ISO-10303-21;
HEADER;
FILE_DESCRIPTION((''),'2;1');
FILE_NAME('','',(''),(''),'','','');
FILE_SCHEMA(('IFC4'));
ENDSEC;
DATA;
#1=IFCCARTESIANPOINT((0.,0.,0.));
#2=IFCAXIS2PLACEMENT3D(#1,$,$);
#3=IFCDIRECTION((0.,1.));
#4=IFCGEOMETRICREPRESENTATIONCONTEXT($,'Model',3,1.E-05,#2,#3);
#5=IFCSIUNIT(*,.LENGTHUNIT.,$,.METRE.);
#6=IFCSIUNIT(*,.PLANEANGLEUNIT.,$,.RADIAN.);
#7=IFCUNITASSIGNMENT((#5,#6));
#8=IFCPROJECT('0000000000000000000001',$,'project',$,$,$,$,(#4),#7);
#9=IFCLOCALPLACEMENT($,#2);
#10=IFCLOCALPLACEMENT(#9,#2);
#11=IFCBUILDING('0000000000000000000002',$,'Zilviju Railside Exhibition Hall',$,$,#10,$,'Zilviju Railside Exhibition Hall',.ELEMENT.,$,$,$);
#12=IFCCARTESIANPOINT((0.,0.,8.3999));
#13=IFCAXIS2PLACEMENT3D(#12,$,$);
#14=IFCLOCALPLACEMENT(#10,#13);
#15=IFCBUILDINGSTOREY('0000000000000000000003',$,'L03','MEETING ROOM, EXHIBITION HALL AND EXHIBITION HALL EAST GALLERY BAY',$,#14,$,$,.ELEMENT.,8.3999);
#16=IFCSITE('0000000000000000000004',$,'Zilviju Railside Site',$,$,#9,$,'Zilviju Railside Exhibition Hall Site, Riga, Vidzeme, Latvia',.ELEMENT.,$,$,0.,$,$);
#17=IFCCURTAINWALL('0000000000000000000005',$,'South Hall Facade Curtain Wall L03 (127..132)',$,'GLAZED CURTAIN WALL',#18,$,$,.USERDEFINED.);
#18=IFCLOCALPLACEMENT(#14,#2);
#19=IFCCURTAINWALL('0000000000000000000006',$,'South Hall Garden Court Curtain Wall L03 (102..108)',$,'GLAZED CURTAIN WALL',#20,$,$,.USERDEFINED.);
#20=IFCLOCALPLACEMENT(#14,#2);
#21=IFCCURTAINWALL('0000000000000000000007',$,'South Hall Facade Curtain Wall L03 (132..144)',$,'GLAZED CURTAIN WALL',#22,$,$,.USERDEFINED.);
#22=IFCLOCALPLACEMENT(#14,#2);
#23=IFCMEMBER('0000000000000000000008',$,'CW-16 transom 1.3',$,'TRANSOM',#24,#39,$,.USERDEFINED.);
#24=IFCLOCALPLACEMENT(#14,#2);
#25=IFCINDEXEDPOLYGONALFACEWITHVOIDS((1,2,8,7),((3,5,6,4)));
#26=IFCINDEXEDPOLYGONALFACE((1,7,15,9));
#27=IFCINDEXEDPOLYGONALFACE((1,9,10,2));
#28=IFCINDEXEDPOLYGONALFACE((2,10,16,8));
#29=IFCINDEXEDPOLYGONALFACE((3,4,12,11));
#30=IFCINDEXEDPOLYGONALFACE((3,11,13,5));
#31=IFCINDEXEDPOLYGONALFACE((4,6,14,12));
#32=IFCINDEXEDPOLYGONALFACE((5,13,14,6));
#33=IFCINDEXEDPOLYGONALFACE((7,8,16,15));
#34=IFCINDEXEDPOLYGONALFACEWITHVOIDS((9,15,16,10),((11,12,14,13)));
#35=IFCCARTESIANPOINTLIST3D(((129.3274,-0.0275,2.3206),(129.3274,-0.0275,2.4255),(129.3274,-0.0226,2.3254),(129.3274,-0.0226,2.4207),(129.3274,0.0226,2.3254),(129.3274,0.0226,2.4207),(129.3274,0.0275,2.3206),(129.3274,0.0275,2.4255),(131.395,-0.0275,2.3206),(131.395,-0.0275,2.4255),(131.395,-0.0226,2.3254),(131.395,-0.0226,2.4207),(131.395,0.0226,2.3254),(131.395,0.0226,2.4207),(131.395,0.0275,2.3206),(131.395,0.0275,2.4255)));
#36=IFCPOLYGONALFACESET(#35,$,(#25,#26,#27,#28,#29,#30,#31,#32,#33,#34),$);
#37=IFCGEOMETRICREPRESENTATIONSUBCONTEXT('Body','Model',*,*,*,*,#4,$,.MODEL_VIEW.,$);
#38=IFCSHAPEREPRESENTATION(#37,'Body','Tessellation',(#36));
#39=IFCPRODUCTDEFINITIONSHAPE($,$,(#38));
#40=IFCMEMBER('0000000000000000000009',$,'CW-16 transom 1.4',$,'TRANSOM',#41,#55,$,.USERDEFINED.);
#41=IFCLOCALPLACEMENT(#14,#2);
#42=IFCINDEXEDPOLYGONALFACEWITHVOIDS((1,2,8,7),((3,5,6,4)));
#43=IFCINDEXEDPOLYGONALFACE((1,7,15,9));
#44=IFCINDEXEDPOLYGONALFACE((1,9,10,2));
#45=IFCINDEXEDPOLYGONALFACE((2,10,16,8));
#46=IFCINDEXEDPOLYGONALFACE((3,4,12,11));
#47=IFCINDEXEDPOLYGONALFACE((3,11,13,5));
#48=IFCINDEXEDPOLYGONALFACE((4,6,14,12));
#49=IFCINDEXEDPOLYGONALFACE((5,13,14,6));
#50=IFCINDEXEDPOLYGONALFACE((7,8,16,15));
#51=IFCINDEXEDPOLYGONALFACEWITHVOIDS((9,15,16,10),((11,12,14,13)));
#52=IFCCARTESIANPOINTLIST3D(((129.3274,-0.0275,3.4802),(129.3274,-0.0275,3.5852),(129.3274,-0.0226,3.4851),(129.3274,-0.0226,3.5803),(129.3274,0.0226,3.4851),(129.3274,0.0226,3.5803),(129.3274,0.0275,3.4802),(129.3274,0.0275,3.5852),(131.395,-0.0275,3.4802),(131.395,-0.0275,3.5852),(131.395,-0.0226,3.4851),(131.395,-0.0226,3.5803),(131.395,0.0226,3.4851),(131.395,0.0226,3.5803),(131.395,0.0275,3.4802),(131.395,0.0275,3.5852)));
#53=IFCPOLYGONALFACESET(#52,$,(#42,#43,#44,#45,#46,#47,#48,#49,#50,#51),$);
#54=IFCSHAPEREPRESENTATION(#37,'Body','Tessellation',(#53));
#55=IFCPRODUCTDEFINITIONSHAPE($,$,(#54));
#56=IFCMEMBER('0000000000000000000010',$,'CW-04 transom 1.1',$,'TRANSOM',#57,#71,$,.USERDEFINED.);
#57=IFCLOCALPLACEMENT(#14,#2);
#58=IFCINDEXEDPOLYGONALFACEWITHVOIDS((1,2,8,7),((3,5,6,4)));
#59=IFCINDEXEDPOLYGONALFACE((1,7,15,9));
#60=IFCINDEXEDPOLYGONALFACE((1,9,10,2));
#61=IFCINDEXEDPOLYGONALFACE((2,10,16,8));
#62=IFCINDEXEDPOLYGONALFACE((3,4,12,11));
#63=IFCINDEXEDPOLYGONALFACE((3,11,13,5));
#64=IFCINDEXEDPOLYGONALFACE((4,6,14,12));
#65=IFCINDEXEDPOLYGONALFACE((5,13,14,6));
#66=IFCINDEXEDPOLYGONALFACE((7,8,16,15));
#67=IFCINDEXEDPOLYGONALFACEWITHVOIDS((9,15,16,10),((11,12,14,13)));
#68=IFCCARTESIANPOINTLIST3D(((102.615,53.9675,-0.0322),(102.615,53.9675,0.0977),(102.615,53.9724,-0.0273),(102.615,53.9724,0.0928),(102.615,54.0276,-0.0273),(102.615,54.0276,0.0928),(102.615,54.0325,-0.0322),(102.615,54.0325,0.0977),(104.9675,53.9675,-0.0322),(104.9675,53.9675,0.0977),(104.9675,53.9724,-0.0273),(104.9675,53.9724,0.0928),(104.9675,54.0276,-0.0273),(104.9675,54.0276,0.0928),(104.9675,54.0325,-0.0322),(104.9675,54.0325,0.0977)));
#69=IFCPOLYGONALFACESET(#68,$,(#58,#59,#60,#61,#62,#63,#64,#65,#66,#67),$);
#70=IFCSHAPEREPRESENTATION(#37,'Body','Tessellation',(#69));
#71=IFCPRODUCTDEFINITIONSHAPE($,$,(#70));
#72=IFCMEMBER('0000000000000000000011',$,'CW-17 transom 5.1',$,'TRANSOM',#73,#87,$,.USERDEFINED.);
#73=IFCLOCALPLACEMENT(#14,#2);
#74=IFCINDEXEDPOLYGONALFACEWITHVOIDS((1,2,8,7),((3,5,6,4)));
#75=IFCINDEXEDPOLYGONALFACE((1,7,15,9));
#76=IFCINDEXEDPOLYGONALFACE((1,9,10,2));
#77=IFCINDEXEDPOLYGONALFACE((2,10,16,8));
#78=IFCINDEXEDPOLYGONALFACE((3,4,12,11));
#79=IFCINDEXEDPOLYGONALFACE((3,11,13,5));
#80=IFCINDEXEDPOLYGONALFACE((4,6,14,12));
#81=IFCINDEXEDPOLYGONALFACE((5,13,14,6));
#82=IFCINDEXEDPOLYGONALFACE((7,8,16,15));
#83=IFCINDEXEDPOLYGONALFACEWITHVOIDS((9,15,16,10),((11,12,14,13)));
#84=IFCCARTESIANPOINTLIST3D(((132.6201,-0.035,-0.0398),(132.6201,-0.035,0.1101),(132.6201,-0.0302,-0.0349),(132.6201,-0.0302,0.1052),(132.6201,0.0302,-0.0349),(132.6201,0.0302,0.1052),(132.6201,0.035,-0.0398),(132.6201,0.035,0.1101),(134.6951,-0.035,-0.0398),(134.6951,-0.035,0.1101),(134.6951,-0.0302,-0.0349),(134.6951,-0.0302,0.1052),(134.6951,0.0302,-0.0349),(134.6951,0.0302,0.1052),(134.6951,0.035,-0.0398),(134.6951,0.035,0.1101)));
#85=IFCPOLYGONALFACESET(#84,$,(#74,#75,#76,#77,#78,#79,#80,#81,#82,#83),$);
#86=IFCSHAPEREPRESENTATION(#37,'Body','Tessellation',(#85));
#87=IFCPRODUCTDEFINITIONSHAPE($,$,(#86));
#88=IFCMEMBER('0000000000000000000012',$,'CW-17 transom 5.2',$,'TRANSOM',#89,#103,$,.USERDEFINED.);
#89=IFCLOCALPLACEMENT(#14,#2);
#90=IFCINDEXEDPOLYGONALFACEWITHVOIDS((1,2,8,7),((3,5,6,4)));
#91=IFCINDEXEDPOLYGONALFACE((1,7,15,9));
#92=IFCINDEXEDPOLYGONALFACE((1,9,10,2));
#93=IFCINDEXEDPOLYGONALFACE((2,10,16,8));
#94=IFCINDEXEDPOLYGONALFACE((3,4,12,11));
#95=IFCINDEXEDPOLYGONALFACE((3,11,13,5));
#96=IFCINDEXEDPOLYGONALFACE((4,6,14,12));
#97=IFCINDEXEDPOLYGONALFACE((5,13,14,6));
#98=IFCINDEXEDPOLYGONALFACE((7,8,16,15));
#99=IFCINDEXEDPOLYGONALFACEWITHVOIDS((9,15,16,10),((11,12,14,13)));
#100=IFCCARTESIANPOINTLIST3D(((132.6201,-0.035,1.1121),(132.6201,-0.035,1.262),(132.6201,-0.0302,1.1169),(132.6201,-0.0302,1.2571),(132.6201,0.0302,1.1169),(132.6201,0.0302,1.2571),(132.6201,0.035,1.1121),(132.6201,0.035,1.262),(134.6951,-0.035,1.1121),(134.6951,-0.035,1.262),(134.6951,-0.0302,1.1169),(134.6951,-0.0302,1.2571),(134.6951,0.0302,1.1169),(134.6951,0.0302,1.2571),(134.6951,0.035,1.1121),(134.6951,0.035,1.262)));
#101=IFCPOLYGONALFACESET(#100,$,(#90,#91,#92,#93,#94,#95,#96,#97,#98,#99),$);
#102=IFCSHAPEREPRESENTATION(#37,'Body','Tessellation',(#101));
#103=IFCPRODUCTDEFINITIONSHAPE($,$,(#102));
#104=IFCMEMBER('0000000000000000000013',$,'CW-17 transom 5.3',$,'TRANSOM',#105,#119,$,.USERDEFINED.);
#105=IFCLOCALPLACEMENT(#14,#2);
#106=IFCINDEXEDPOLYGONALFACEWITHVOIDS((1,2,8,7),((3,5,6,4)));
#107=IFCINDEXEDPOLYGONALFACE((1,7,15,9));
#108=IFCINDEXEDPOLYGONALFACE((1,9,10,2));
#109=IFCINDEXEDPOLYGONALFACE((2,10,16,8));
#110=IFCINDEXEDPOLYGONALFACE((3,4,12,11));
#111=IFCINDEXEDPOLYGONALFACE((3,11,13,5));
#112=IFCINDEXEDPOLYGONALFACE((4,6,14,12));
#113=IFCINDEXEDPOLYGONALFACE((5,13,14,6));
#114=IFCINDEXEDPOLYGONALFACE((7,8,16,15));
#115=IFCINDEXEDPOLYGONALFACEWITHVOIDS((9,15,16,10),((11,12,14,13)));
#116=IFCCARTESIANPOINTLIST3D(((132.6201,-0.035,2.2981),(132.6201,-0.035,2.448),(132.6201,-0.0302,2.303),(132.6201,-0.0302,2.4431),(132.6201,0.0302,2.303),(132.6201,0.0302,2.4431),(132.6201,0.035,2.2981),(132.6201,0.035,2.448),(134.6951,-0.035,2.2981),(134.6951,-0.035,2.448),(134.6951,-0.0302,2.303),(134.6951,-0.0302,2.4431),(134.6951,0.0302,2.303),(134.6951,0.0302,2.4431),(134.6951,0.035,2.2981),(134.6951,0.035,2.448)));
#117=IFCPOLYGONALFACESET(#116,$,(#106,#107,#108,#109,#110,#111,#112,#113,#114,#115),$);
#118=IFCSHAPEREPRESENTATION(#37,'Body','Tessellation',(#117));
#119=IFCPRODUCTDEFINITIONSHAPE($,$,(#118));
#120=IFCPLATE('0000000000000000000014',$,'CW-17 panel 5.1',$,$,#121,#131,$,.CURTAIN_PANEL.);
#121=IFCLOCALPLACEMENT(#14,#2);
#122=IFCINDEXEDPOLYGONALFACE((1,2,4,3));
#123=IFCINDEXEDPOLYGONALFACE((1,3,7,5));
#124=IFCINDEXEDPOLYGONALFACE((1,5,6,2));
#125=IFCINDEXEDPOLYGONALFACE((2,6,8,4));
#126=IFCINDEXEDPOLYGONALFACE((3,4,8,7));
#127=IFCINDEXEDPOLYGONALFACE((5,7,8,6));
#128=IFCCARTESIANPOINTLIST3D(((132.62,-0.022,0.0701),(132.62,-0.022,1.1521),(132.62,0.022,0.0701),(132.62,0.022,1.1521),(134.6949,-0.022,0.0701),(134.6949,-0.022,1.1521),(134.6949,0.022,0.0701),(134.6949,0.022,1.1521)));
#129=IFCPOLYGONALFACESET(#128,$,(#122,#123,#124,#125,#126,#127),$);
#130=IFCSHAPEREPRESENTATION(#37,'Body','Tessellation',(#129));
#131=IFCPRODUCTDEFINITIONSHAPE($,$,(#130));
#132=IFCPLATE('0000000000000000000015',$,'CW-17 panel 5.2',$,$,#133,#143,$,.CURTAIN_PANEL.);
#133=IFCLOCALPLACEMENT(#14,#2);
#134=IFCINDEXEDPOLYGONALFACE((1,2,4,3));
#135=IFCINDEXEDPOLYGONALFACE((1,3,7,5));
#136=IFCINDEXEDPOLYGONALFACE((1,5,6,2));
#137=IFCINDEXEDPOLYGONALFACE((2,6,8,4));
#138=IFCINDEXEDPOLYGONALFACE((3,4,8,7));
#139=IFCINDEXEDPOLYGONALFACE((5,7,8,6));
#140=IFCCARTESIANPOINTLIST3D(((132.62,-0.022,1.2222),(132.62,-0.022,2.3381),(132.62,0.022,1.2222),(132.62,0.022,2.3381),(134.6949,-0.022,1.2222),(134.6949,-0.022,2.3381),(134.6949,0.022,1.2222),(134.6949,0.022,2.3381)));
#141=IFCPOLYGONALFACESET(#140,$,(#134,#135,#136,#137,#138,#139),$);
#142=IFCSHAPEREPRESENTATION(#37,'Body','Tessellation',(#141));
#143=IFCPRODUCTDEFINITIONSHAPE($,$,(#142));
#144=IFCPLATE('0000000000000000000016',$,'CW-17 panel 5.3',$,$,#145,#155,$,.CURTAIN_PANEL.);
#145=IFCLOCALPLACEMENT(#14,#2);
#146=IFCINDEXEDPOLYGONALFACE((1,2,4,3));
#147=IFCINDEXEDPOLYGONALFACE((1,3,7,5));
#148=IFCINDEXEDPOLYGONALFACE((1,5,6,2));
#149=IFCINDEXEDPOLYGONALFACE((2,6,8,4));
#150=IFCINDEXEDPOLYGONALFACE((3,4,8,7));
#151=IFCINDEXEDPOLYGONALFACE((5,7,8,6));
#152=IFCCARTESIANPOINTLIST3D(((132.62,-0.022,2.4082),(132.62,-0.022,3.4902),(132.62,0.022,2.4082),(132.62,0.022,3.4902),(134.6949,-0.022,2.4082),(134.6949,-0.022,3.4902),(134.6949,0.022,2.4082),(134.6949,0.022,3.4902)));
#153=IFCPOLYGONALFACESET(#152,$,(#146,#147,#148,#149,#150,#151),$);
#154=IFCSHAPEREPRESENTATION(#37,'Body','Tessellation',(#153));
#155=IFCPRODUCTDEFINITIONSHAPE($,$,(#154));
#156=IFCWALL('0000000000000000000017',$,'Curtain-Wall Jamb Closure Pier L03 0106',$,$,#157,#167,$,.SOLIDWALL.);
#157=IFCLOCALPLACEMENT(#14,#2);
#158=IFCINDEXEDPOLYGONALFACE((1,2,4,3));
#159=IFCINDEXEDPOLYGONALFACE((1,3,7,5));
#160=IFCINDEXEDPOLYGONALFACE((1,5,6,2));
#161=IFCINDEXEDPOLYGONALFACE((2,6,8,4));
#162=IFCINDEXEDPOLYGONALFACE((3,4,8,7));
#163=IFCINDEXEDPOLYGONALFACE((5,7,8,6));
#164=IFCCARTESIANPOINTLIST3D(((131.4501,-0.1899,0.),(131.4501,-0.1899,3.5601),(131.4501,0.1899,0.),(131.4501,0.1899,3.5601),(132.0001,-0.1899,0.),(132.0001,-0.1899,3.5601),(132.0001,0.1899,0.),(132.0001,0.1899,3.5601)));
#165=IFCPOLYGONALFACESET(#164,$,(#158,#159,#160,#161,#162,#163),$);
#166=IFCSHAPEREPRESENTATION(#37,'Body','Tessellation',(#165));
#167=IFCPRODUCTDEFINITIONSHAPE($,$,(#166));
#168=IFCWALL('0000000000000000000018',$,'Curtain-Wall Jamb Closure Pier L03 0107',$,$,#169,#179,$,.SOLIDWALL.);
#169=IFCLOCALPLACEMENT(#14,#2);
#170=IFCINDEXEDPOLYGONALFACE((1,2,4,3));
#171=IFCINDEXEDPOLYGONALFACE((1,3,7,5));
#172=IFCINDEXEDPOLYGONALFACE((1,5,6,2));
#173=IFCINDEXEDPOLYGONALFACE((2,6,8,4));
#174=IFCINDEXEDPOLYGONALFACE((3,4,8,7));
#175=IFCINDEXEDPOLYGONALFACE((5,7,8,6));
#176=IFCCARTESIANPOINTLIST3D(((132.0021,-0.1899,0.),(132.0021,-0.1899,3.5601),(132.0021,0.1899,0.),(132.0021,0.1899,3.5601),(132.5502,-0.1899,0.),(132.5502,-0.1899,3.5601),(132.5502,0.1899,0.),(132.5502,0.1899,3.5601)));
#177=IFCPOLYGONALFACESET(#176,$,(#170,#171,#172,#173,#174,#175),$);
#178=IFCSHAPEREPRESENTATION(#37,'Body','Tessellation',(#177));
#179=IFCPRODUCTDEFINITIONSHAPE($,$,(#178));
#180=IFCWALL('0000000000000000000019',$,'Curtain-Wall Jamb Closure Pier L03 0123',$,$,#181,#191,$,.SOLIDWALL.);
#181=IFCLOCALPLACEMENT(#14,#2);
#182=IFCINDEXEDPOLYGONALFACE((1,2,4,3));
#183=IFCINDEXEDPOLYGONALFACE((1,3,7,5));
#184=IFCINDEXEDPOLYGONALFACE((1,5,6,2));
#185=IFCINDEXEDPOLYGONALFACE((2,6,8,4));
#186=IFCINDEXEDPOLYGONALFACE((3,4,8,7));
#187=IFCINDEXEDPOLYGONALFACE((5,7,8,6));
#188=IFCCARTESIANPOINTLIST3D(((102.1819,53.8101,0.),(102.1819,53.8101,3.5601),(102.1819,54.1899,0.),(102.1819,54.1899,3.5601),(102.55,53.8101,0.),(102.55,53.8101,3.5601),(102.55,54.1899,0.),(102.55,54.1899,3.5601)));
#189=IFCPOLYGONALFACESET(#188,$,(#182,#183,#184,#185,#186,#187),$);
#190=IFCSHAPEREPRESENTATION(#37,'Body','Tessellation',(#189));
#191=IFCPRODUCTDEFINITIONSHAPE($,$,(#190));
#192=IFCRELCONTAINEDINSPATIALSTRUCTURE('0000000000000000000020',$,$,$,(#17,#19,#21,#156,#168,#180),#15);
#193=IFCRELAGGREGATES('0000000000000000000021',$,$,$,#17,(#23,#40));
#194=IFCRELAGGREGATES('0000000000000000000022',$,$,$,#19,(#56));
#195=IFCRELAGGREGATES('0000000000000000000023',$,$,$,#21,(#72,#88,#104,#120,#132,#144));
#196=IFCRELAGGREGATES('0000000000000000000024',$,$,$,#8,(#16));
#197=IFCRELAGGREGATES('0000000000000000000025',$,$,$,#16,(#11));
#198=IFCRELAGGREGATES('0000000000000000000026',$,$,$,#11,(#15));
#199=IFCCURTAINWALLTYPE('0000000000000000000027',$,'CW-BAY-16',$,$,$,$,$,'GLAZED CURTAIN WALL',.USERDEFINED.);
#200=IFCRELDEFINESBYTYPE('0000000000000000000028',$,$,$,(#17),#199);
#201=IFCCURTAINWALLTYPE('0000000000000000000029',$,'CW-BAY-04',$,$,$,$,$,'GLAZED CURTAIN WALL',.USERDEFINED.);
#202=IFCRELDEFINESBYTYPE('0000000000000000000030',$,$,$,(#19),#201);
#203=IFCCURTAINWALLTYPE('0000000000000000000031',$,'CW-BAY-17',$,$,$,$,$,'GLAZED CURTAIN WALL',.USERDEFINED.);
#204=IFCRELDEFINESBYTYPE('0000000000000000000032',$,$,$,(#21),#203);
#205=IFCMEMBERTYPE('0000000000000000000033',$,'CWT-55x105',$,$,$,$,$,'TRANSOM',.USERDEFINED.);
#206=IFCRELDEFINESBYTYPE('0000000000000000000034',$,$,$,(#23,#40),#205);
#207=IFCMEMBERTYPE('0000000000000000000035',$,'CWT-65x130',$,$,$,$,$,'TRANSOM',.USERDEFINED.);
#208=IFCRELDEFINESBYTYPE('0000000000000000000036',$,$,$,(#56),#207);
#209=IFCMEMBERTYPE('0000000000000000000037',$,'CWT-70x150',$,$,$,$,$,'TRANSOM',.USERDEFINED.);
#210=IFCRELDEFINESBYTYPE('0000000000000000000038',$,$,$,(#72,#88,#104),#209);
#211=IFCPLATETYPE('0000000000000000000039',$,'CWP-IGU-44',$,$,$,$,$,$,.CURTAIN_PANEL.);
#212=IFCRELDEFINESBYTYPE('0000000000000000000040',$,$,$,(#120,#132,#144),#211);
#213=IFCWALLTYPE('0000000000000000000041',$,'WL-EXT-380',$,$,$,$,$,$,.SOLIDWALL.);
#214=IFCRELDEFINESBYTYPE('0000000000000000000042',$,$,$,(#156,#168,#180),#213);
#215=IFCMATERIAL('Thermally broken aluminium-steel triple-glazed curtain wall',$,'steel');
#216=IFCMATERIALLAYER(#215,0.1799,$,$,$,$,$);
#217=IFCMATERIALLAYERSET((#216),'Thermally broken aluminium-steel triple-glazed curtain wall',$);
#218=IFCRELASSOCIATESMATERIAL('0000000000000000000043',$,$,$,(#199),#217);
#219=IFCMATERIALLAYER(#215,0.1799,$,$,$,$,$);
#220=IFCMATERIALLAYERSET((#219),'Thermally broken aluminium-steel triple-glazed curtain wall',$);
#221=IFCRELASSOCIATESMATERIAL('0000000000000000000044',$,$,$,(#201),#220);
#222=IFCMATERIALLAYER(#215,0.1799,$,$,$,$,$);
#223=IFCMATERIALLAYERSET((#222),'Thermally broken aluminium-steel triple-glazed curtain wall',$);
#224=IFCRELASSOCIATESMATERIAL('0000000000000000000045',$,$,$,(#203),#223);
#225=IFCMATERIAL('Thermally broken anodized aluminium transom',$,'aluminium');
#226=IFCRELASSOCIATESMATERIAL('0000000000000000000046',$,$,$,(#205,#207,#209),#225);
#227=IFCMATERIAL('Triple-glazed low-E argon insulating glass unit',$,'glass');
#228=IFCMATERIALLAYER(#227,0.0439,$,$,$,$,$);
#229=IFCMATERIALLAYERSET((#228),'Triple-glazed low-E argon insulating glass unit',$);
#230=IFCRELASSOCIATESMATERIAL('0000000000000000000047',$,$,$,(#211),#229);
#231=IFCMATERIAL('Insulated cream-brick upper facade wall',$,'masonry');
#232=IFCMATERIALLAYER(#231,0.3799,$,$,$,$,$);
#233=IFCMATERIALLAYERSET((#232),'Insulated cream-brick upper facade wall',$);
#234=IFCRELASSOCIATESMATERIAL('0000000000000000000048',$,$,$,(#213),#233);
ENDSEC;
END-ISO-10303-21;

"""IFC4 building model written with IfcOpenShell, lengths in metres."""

from ifc_helpers import new_model, si_unit, direction, frame, frame_2d, origin, origin_2d, place, context, subcontext, project, spatial, rectangle, hollow_rectangle, extrude, material, layer, layer_set, material_profile, profile_set, type_object, element, aggregate, save


model = new_model("IFC4")

# Units and contexts
model_context = context("Model", 3, precision=1e-05, world=origin(), true_north=direction((0.0, 1.0)))
body_context = subcontext(model_context, "Body", "Model", "MODEL_VIEW")
ifc_project = project(units=[si_unit("LENGTHUNIT", "METRE"), si_unit("PLANEANGLEUNIT", "RADIAN")], contexts=[model_context])

# Site, building, storey
site_placement = place(None, origin())
site = spatial("IfcSite", under=ifc_project, at=site_placement, Name="Zilviju Railside Site", LongName="Zilviju Railside Exhibition Hall Site, Riga, Vidzeme, Latvia", CompositionType="ELEMENT", RefElevation=0.0)
building_placement = place(site_placement, origin())
building = spatial("IfcBuilding", under=site, at=building_placement, Name="Zilviju Railside Exhibition Hall", LongName="Zilviju Railside Exhibition Hall", CompositionType="ELEMENT")
storey_placement = place(building_placement, frame((0.0, 0.0, 8.3999)))
storey = spatial("IfcBuildingStorey", under=building, at=storey_placement, Name="L03", Description="MEETING ROOM, EXHIBITION HALL AND EXHIBITION HALL EAST GALLERY BAY", CompositionType="ELEMENT", Elevation=8.3999)

# Curtain walls
ifc_material_1 = material(Name="Thermally broken aluminium-steel triple-glazed curtain wall", Category="steel")
ifc_layer_1 = layer(ifc_material_1, 0.1799)
ifc_layer_set_1 = layer_set([ifc_layer_1], Name="Thermally broken aluminium-steel triple-glazed curtain wall")
curtain_wall_type_1 = type_object("IfcCurtainWallType", Name="CW-BAY-16", ElementType="GLAZED CURTAIN WALL", PredefinedType="USERDEFINED", material=ifc_layer_set_1)
curtain_wall_1_placement = place(storey_placement, origin())
curtain_wall_1 = element("IfcCurtainWall", 1, at=curtain_wall_1_placement, inside=storey, type_object=curtain_wall_type_1, Name="South Hall Facade Curtain Wall L03 (127..132)", ObjectType="GLAZED CURTAIN WALL", PredefinedType="USERDEFINED")
ifc_layer_2 = layer(ifc_material_1, 0.1799)
ifc_layer_set_2 = layer_set([ifc_layer_2], Name="Thermally broken aluminium-steel triple-glazed curtain wall")
curtain_wall_type_2 = type_object("IfcCurtainWallType", Name="CW-BAY-04", ElementType="GLAZED CURTAIN WALL", PredefinedType="USERDEFINED", material=ifc_layer_set_2)
curtain_wall_2_placement = place(storey_placement, origin())
curtain_wall_2 = element("IfcCurtainWall", 2, at=curtain_wall_2_placement, inside=storey, type_object=curtain_wall_type_2, Name="South Hall Garden Court Curtain Wall L03 (102..108)", ObjectType="GLAZED CURTAIN WALL", PredefinedType="USERDEFINED")
ifc_layer_3 = layer(ifc_material_1, 0.1799)
ifc_layer_set_3 = layer_set([ifc_layer_3], Name="Thermally broken aluminium-steel triple-glazed curtain wall")
curtain_wall_type_3 = type_object("IfcCurtainWallType", Name="CW-BAY-17", ElementType="GLAZED CURTAIN WALL", PredefinedType="USERDEFINED", material=ifc_layer_set_3)
curtain_wall_3_placement = place(storey_placement, origin())
curtain_wall_3 = element("IfcCurtainWall", 3, at=curtain_wall_3_placement, inside=storey, type_object=curtain_wall_type_3, Name="South Hall Facade Curtain Wall L03 (132..144)", ObjectType="GLAZED CURTAIN WALL", PredefinedType="USERDEFINED")

# Members
ifc_material_2 = material(Name="Thermally broken anodized aluminium transom", Category="aluminium")
ifc_material_profile_1 = material_profile(ifc_material_2, hollow_rectangle(XDim=0.0549, YDim=0.105, WallThickness=0.0049, at=origin_2d()), Name="TRANSOM 105x55x5")
ifc_profile_set_1 = profile_set([ifc_material_profile_1], Name="Thermally broken anodized aluminium transom")
member_type_1 = type_object("IfcMemberType", Name="CWT-55x105", ElementType="TRANSOM", PredefinedType="USERDEFINED", material=ifc_profile_set_1)
member_1_placement = place(storey_placement, frame((131.395, 0.0, 2.373), z_axis=(-1.0, 0.0, 0.0), x_axis=(0.0, -1.0, 0.0)))
member_1 = element("IfcMember", 4, at=member_1_placement, type_object=member_type_1, Name="CW-16 transom 1.3", ObjectType="TRANSOM", PredefinedType="USERDEFINED", context=body_context, shape_type="SweptSolid", body=[
    extrude(hollow_rectangle(XDim=0.0549, YDim=0.105, WallThickness=0.0049, at=origin_2d()), origin(), (0.0, 0.0, 1.0), 2.0676),
])
member_2_placement = place(storey_placement, frame((131.395, 0.0, 3.5327), z_axis=(-1.0, 0.0, 0.0), x_axis=(0.0, -1.0, 0.0)))
member_2 = element("IfcMember", 5, at=member_2_placement, type_object=member_type_1, Name="CW-16 transom 1.4", ObjectType="TRANSOM", PredefinedType="USERDEFINED", context=body_context, shape_type="SweptSolid", body=[
    extrude(hollow_rectangle(XDim=0.0549, YDim=0.105, WallThickness=0.0049, at=origin_2d()), origin(), (0.0, 0.0, 1.0), 2.0676),
])
aggregate(curtain_wall_1, [member_1, member_2])
ifc_material_profile_2 = material_profile(ifc_material_2, hollow_rectangle(XDim=0.0649, YDim=0.1299, WallThickness=0.0049, at=origin_2d()), Name="TRANSOM 130x65x5")
ifc_profile_set_2 = profile_set([ifc_material_profile_2], Name="Thermally broken anodized aluminium transom")
member_type_2 = type_object("IfcMemberType", Name="CWT-65x130", ElementType="TRANSOM", PredefinedType="USERDEFINED", material=ifc_profile_set_2)
member_3_placement = place(storey_placement, frame((102.615, 54.0, 0.0327), z_axis=(1.0, 0.0, 0.0), x_axis=(0.0, 1.0, 0.0)))
member_3 = element("IfcMember", 6, at=member_3_placement, type_object=member_type_2, Name="CW-04 transom 1.1", ObjectType="TRANSOM", PredefinedType="USERDEFINED", context=body_context, shape_type="SweptSolid", body=[
    extrude(hollow_rectangle(XDim=0.0649, YDim=0.1299, WallThickness=0.0049, at=origin_2d()), origin(), (0.0, 0.0, 1.0), 2.3525),
])
aggregate(curtain_wall_2, [member_3])
ifc_material_profile_3 = material_profile(ifc_material_2, hollow_rectangle(XDim=0.0701, YDim=0.1499, WallThickness=0.0049, at=origin_2d()), Name="TRANSOM 150x70x5")
ifc_profile_set_3 = profile_set([ifc_material_profile_3], Name="Thermally broken anodized aluminium transom")
member_type_3 = type_object("IfcMemberType", Name="CWT-70x150", ElementType="TRANSOM", PredefinedType="USERDEFINED", material=ifc_profile_set_3)
member_4_placement = place(storey_placement, frame((134.6951, 0.0, 0.0352), z_axis=(-1.0, 0.0, 0.0), x_axis=(0.0, -1.0, 0.0)))
member_4 = element("IfcMember", 7, at=member_4_placement, type_object=member_type_3, Name="CW-17 transom 5.1", ObjectType="TRANSOM", PredefinedType="USERDEFINED", context=body_context, shape_type="SweptSolid", body=[
    extrude(hollow_rectangle(XDim=0.0701, YDim=0.1499, WallThickness=0.0049, at=origin_2d()), origin(), (0.0, 0.0, 1.0), 2.075),
])
member_5_placement = place(storey_placement, frame((134.6951, 0.0, 1.187), z_axis=(-1.0, 0.0, 0.0), x_axis=(0.0, -1.0, 0.0)))
member_5 = element("IfcMember", 8, at=member_5_placement, type_object=member_type_3, Name="CW-17 transom 5.2", ObjectType="TRANSOM", PredefinedType="USERDEFINED", context=body_context, shape_type="SweptSolid", body=[
    extrude(hollow_rectangle(XDim=0.0701, YDim=0.1499, WallThickness=0.0049, at=origin_2d()), origin(), (0.0, 0.0, 1.0), 2.075),
])
member_6_placement = place(storey_placement, frame((134.6951, 0.0, 2.373), z_axis=(-1.0, 0.0, 0.0), x_axis=(0.0, -1.0, 0.0)))
member_6 = element("IfcMember", 9, at=member_6_placement, type_object=member_type_3, Name="CW-17 transom 5.3", ObjectType="TRANSOM", PredefinedType="USERDEFINED", context=body_context, shape_type="SweptSolid", body=[
    extrude(hollow_rectangle(XDim=0.0701, YDim=0.1499, WallThickness=0.0049, at=origin_2d()), origin(), (0.0, 0.0, 1.0), 2.075),
])

# Plates
ifc_material_3 = material(Name="Triple-glazed low-E argon insulating glass unit", Category="glass")
ifc_layer_4 = layer(ifc_material_3, 0.0439)
ifc_layer_set_4 = layer_set([ifc_layer_4], Name="Triple-glazed low-E argon insulating glass unit")
plate_type = type_object("IfcPlateType", Name="CWP-IGU-44", PredefinedType="CURTAIN_PANEL", material=ifc_layer_set_4)
plate_1_placement = place(storey_placement, frame((133.6575, 0.0, 0.0701), z_axis=(0.0, 0.0, 1.0), x_axis=(-1.0, 0.0, 0.0)))
plate_1 = element("IfcPlate", 10, at=plate_1_placement, type_object=plate_type, Name="CW-17 panel 5.1", PredefinedType="CURTAIN_PANEL", context=body_context, shape_type="SweptSolid", body=[
    extrude(rectangle(XDim=2.075, YDim=0.0439, at=origin_2d()), origin(), (0.0, 0.0, 1.0), 1.082),
])
plate_2_placement = place(storey_placement, frame((133.6575, 0.0, 1.2222), z_axis=(0.0, 0.0, 1.0), x_axis=(-1.0, 0.0, 0.0)))
plate_2 = element("IfcPlate", 11, at=plate_2_placement, type_object=plate_type, Name="CW-17 panel 5.2", PredefinedType="CURTAIN_PANEL", context=body_context, shape_type="SweptSolid", body=[
    extrude(rectangle(XDim=2.075, YDim=0.0439, at=origin_2d()), origin(), (0.0, 0.0, 1.0), 1.116),
])
plate_3_placement = place(storey_placement, frame((133.6575, 0.0, 2.4082), z_axis=(0.0, 0.0, 1.0), x_axis=(-1.0, 0.0, 0.0)))
plate_3 = element("IfcPlate", 12, at=plate_3_placement, type_object=plate_type, Name="CW-17 panel 5.3", PredefinedType="CURTAIN_PANEL", context=body_context, shape_type="SweptSolid", body=[
    extrude(rectangle(XDim=2.075, YDim=0.0439, at=origin_2d()), origin(), (0.0, 0.0, 1.0), 1.082),
])
aggregate(curtain_wall_3, [member_4, member_5, member_6, plate_1, plate_2, plate_3])

# Walls
ifc_material_4 = material(Name="Insulated cream-brick upper facade wall", Category="masonry")
ifc_layer_5 = layer(ifc_material_4, 0.3799)
ifc_layer_set_5 = layer_set([ifc_layer_5], Name="Insulated cream-brick upper facade wall")
wall_type = type_object("IfcWallType", Name="WL-EXT-380", PredefinedType="SOLIDWALL", material=ifc_layer_set_5)
wall_1_placement = place(storey_placement, frame((132.0, 0.0, 0.0), z_axis=(0.0, 0.0, 1.0), x_axis=(-1.0, 0.0, 0.0)))
element("IfcWall", 13, at=wall_1_placement, inside=storey, type_object=wall_type, Name="Curtain-Wall Jamb Closure Pier L03 0106", PredefinedType="SOLIDWALL", context=body_context, shape_type="SweptSolid", body=[
    extrude(rectangle(XDim=0.55, YDim=0.3799, at=frame_2d((0.2749, 0.0))), origin(), (0.0, 0.0, 1.0), 3.5601),
])
wall_2_placement = place(storey_placement, frame((132.55, 0.0, 0.0), z_axis=(0.0, 0.0, 1.0), x_axis=(-1.0, 0.0, 0.0)))
element("IfcWall", 14, at=wall_2_placement, inside=storey, type_object=wall_type, Name="Curtain-Wall Jamb Closure Pier L03 0107", PredefinedType="SOLIDWALL", context=body_context, shape_type="SweptSolid", body=[
    extrude(rectangle(XDim=0.5481, YDim=0.3799, at=frame_2d((0.2739, 0.0))), origin(), (0.0, 0.0, 1.0), 3.5601),
])
wall_3_placement = place(storey_placement, frame((102.1819, 54.0, 0.0), z_axis=(0.0, 0.0, 1.0), x_axis=(1.0, 0.0, 0.0)))
element("IfcWall", 15, at=wall_3_placement, inside=storey, type_object=wall_type, Name="Curtain-Wall Jamb Closure Pier L03 0123", PredefinedType="SOLIDWALL", context=body_context, shape_type="SweptSolid", body=[
    extrude(rectangle(XDim=0.3682, YDim=0.3799, at=frame_2d((0.1841, 0.0))), origin(), (0.0, 0.0, 1.0), 3.5601),
])

save(model, "model.ifc")
